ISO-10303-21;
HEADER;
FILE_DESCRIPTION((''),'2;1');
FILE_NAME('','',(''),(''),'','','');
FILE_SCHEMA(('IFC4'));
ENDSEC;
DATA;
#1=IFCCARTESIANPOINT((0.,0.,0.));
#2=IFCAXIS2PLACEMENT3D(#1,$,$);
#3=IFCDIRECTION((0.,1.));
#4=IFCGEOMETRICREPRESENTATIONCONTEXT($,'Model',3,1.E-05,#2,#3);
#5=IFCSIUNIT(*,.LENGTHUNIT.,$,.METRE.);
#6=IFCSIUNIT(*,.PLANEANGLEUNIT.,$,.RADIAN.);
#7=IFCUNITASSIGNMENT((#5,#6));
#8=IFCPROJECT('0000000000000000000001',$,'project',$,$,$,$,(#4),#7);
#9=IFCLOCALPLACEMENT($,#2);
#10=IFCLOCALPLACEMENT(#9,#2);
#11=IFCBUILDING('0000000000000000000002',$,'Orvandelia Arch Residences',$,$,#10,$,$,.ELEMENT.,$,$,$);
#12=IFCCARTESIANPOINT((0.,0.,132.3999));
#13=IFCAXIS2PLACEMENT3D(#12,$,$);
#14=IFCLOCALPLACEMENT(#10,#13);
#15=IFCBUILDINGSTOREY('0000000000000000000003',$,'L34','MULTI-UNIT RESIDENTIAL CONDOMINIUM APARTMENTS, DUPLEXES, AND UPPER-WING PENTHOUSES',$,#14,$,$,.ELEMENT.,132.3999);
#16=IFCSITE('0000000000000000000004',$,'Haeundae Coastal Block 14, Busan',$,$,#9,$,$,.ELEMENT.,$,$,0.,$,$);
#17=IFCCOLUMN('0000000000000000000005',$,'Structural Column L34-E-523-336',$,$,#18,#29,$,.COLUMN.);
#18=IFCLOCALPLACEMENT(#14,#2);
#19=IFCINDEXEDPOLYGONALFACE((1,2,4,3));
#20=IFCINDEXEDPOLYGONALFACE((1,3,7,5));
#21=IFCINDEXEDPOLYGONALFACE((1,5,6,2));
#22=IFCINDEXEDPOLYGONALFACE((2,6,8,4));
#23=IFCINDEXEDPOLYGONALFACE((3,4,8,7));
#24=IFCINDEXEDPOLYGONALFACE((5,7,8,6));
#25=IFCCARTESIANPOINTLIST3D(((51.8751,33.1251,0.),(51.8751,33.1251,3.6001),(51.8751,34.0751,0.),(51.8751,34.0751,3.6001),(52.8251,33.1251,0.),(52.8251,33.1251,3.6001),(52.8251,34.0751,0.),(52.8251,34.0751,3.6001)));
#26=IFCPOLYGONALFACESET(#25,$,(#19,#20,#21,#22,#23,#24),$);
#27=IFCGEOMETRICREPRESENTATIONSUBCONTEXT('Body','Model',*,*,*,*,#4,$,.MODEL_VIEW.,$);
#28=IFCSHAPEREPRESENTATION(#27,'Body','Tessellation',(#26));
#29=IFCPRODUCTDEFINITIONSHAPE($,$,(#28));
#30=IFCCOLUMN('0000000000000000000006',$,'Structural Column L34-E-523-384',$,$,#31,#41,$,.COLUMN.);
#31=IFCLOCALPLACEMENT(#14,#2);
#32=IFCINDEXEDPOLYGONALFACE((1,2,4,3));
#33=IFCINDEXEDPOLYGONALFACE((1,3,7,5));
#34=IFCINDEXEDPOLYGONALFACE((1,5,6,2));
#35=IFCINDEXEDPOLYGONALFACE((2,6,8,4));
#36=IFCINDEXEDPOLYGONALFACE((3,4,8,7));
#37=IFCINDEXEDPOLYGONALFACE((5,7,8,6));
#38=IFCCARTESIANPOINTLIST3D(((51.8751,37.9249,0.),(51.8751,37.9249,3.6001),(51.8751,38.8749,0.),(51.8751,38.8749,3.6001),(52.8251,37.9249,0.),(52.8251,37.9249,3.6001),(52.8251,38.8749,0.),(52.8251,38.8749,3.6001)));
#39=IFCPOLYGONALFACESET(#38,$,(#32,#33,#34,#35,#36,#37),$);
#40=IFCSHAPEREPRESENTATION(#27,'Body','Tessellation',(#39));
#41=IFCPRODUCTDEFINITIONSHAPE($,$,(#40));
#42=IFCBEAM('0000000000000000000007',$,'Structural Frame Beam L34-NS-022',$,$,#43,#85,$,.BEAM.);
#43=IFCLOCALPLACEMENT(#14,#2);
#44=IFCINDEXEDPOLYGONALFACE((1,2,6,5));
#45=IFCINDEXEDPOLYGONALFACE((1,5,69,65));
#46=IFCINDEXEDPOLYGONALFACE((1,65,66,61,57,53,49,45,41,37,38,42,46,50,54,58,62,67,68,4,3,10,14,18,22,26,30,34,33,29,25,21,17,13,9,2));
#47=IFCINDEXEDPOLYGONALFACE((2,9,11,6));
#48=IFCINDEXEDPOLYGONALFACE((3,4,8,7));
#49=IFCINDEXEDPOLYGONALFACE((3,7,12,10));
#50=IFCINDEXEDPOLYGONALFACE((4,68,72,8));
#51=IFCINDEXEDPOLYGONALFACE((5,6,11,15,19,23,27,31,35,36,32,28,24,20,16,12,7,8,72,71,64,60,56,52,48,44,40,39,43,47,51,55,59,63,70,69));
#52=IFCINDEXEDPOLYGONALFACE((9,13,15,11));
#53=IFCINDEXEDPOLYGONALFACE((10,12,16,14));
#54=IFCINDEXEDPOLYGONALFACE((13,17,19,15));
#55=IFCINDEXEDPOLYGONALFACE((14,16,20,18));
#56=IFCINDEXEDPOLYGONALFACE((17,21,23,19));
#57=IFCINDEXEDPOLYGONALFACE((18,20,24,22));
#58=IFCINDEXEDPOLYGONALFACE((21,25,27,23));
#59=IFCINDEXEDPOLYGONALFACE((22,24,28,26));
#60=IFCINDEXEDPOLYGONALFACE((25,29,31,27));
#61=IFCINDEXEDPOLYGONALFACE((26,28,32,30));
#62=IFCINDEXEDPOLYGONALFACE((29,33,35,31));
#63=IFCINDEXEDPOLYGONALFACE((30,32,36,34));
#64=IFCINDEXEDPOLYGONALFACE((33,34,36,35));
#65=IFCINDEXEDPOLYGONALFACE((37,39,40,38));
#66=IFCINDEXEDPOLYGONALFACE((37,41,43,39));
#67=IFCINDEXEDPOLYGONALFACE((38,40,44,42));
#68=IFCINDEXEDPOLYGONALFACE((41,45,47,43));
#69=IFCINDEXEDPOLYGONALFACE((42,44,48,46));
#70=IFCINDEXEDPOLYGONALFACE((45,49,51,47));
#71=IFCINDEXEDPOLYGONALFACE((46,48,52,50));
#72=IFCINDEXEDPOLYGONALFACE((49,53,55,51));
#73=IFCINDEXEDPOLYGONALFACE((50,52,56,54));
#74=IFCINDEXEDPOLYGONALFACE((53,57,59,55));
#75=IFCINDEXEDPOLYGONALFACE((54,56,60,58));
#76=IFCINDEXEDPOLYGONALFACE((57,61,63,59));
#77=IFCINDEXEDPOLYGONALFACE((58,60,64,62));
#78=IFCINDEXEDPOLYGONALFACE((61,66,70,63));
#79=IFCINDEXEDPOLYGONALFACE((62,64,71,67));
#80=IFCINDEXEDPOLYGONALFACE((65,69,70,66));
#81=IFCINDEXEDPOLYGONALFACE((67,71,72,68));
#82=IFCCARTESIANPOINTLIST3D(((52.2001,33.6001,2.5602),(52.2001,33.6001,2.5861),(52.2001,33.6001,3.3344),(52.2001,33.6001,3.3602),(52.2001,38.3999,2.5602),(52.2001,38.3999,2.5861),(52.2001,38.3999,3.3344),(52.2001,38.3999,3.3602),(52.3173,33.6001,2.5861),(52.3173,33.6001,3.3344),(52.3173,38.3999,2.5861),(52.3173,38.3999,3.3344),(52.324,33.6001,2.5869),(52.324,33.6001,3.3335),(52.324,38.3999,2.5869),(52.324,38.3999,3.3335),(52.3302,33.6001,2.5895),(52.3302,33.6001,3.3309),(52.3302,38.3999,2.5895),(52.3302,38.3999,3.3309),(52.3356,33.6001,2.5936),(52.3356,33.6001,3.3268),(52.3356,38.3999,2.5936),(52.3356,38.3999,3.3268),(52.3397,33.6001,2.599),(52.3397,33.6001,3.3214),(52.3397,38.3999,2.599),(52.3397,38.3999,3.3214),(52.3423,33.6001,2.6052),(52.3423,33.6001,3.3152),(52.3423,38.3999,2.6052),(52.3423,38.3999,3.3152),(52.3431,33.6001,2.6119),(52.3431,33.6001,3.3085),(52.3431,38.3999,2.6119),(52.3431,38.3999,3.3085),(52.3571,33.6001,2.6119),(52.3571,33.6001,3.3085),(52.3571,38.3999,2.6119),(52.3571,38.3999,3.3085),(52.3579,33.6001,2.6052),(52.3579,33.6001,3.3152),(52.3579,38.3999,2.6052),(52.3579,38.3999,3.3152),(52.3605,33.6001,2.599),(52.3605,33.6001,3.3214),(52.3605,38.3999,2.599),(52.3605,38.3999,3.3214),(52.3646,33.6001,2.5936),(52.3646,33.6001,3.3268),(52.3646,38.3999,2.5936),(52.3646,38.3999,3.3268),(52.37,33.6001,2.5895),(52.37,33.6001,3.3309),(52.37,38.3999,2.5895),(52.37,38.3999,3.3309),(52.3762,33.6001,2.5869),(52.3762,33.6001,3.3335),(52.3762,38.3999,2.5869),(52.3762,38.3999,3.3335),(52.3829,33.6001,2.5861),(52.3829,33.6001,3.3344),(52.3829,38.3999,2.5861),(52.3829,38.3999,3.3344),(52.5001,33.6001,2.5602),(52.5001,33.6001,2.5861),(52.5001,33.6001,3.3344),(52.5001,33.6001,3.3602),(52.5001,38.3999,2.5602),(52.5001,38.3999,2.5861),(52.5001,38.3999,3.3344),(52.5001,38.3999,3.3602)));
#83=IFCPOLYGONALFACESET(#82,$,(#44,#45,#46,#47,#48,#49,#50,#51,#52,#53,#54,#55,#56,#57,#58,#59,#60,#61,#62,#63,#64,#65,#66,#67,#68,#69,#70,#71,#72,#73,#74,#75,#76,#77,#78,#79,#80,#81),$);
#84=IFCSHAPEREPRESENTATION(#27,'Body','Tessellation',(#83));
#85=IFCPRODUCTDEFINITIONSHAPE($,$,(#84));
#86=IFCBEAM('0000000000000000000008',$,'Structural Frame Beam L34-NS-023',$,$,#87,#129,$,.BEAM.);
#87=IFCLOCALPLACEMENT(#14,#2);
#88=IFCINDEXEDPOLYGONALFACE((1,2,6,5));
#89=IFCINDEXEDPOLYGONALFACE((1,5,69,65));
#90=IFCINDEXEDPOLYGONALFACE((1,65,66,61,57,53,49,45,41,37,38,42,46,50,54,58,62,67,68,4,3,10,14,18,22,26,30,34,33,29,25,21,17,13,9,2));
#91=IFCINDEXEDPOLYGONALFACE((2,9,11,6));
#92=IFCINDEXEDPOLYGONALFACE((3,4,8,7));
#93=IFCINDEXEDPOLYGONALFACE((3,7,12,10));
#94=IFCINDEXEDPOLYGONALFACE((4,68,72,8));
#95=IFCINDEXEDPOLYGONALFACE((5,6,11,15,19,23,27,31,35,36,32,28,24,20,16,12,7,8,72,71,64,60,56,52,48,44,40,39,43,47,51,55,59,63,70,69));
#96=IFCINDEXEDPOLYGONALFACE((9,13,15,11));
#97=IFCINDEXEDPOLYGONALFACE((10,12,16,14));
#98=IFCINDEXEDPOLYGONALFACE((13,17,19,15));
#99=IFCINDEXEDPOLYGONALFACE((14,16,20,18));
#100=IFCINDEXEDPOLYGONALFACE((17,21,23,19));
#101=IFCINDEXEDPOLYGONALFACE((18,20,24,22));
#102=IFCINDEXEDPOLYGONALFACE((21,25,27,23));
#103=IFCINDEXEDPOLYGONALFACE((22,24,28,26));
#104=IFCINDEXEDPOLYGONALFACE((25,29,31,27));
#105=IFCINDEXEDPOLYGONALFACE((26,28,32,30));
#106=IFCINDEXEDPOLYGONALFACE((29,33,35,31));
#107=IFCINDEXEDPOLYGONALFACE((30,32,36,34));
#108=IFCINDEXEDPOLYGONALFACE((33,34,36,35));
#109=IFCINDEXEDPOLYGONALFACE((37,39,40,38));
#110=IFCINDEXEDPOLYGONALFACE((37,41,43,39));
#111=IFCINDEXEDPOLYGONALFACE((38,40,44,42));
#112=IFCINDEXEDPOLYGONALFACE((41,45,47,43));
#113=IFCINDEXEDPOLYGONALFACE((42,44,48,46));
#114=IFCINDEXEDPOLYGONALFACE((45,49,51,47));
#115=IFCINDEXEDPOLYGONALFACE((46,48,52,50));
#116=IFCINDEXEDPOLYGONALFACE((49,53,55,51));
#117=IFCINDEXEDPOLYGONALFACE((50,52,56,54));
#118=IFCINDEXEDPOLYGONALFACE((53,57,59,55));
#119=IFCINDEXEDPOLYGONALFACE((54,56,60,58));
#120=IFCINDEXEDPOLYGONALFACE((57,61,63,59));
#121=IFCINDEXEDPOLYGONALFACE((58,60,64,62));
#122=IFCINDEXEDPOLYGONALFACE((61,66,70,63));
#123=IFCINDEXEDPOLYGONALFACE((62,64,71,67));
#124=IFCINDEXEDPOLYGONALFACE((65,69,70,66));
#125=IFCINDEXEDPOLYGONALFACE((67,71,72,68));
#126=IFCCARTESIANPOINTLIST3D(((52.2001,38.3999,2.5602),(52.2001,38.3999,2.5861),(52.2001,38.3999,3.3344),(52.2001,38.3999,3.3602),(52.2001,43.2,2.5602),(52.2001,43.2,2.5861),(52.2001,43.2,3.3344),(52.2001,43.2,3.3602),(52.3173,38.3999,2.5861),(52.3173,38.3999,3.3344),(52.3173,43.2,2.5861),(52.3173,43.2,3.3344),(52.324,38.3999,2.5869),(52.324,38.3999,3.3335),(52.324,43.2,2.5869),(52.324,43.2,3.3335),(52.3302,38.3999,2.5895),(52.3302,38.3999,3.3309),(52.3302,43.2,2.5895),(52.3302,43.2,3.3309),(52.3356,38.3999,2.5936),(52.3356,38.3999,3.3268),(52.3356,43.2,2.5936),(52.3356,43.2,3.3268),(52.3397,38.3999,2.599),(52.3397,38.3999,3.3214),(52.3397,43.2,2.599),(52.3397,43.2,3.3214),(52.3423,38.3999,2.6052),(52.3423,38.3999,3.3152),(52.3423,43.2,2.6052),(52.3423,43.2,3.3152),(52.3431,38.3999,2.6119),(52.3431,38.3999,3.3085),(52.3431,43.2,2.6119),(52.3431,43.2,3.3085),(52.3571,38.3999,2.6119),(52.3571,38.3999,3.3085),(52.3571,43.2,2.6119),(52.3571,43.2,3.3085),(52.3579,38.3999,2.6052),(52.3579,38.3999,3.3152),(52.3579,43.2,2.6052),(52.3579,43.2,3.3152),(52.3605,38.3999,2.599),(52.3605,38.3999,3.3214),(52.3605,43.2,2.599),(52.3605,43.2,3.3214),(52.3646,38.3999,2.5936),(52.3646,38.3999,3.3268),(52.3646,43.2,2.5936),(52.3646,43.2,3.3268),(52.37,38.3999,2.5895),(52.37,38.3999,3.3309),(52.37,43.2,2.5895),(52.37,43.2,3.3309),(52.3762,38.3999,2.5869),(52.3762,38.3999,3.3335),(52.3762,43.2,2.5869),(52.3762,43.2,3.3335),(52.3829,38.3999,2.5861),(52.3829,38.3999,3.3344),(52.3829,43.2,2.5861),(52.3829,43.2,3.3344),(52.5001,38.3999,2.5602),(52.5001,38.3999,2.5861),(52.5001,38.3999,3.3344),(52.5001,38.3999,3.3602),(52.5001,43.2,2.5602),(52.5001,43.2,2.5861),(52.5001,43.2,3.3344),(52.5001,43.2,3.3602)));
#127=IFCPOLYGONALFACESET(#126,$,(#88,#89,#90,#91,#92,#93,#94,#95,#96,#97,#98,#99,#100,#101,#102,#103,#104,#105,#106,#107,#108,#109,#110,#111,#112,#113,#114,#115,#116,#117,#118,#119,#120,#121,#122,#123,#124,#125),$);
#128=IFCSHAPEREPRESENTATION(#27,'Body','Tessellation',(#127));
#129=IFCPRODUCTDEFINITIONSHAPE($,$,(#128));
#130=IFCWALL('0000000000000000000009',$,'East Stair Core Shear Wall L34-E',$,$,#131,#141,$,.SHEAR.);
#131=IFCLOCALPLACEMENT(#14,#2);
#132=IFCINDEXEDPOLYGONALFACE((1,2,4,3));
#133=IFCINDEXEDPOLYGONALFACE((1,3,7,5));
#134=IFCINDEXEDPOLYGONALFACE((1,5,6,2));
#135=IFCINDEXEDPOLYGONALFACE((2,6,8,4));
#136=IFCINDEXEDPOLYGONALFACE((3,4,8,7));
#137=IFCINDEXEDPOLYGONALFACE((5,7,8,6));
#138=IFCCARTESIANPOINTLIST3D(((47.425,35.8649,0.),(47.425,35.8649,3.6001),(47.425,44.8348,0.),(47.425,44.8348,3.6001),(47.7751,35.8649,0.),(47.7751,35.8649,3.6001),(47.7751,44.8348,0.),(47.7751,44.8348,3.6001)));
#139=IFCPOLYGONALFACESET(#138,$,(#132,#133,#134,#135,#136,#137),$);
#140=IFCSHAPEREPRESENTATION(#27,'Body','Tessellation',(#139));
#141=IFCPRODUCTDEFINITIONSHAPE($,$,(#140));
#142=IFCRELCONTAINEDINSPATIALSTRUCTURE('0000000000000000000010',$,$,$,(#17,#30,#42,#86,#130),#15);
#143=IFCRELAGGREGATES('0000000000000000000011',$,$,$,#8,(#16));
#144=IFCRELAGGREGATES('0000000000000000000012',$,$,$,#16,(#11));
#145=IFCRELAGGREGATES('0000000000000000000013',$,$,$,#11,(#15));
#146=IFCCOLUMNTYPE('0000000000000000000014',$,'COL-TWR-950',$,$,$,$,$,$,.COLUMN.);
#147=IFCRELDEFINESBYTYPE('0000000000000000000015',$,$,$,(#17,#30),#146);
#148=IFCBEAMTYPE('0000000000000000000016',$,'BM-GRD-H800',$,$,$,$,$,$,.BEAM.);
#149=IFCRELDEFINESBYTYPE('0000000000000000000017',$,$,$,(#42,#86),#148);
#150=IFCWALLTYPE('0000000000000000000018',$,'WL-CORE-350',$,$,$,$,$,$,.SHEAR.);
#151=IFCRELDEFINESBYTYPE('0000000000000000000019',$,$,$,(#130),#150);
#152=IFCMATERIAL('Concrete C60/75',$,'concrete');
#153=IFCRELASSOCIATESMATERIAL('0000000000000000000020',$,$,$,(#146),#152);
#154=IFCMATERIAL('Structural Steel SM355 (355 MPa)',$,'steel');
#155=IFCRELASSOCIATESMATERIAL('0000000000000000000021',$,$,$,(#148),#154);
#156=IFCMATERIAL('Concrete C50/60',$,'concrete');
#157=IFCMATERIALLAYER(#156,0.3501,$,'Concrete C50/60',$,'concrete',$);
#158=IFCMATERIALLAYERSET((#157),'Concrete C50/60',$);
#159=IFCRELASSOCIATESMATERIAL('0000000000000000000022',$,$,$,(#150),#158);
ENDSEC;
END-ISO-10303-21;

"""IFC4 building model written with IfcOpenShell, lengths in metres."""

from ifc_helpers import new_model, si_unit, direction, frame, frame_2d, origin, origin_2d, place, context, subcontext, project, spatial, rectangle, i_section, extrude, material, layer, layer_set, material_profile, profile_set, type_object, element, save


model = new_model("IFC4")

# Units and contexts
model_context = context("Model", 3, precision=1e-05, world=origin(), true_north=direction((0.0, 1.0)))
body_context = subcontext(model_context, "Body", "Model", "MODEL_VIEW")
ifc_project = project(units=[si_unit("LENGTHUNIT", "METRE"), si_unit("PLANEANGLEUNIT", "RADIAN")], contexts=[model_context])

# Site, building, storey
site_placement = place(None, origin())
site = spatial("IfcSite", under=ifc_project, at=site_placement, Name="Haeundae Coastal Block 14, Busan", CompositionType="ELEMENT", RefElevation=0.0)
building_placement = place(site_placement, origin())
building = spatial("IfcBuilding", under=site, at=building_placement, Name="Orvandelia Arch Residences", CompositionType="ELEMENT")
storey_placement = place(building_placement, frame((0.0, 0.0, 132.3999)))
storey = spatial("IfcBuildingStorey", under=building, at=storey_placement, Name="L34", Description="MULTI-UNIT RESIDENTIAL CONDOMINIUM APARTMENTS, DUPLEXES, AND UPPER-WING PENTHOUSES", CompositionType="ELEMENT", Elevation=132.3999)

# Columns
ifc_material_1 = material(Name="Concrete C60/75", Category="concrete")
ifc_material_profile_1 = material_profile(ifc_material_1, rectangle(XDim=0.95, YDim=0.95, at=origin_2d()), Name="Concrete C60/75", Category="concrete")
ifc_profile_set_1 = profile_set([ifc_material_profile_1], Name="Concrete C60/75")
column_type = type_object("IfcColumnType", Name="COL-TWR-950", PredefinedType="COLUMN", material=ifc_profile_set_1)
for number, where, z_axis, x_axis, name in (
    (1, (52.3501, 33.6001, 0.0), (0.0, 0.0, 1.0), (1.0, 0.0, 0.0), "Structural Column L34-E-523-336"),
    (2, (52.3501, 38.3999, 0.0), (0.0, 0.0, 1.0), (1.0, 0.0, 0.0), "Structural Column L34-E-523-384"),
):
    element("IfcColumn", number, at=place(storey_placement, frame(where, z_axis=z_axis, x_axis=x_axis)), inside=storey, type_object=column_type, Name=name, PredefinedType="COLUMN", context=body_context, shape_type="SweptSolid", body=[
        extrude(rectangle(XDim=0.95, YDim=0.95, at=origin_2d()), origin(), (0.0, 0.0, 1.0), 3.6001),
    ])

# Beams
ifc_material_2 = material(Name="Structural Steel SM355 (355 MPa)", Category="steel")
ifc_material_profile_2 = material_profile(ifc_material_2, i_section(OverallWidth=0.3, OverallDepth=0.8, WebThickness=0.0139, FlangeThickness=0.0259, FilletRadius=0.0259, at=origin_2d()), Name="Structural Steel SM355 (355 MPa)", Category="steel")
ifc_profile_set_2 = profile_set([ifc_material_profile_2], Name="Structural Steel SM355 (355 MPa)")
beam_type = type_object("IfcBeamType", Name="BM-GRD-H800", PredefinedType="BEAM", material=ifc_profile_set_2)
beam_1_placement = place(storey_placement, frame((52.3501, 33.6001, 2.9602), z_axis=(0.0, 1.0, 0.0), x_axis=(-1.0, 0.0, 0.0)))
element("IfcBeam", 3, at=beam_1_placement, inside=storey, type_object=beam_type, Name="Structural Frame Beam L34-NS-022", PredefinedType="BEAM", context=body_context, shape_type="SweptSolid", body=[
    extrude(i_section(OverallWidth=0.3, OverallDepth=0.8, WebThickness=0.0139, FlangeThickness=0.0259, FilletRadius=0.0259, at=origin_2d()), origin(), (0.0, 0.0, 1.0), 4.7998),
])
beam_2_placement = place(storey_placement, frame((52.3501, 38.3999, 2.9602), z_axis=(0.0, 1.0, 0.0), x_axis=(-1.0, 0.0, 0.0)))
element("IfcBeam", 4, at=beam_2_placement, inside=storey, type_object=beam_type, Name="Structural Frame Beam L34-NS-023", PredefinedType="BEAM", context=body_context, shape_type="SweptSolid", body=[
    extrude(i_section(OverallWidth=0.3, OverallDepth=0.8, WebThickness=0.0139, FlangeThickness=0.0259, FilletRadius=0.0259, at=origin_2d()), origin(), (0.0, 0.0, 1.0), 4.8),
])

# Wall
ifc_material_3 = material(Name="Concrete C50/60", Category="concrete")
ifc_layer_1 = layer(ifc_material_3, 0.3501, Name="Concrete C50/60", Category="concrete")
ifc_layer_set_1 = layer_set([ifc_layer_1], Name="Concrete C50/60")
wall_type_1 = type_object("IfcWallType", Name="WL-CORE-350", PredefinedType="SHEAR", material=ifc_layer_set_1)
wall_1_placement = place(storey_placement, frame((47.6001, 35.865, 0.0), z_axis=(0.0, 0.0, 1.0), x_axis=(0.0, 1.0, 0.0)))
element("IfcWall", 5, at=wall_1_placement, inside=storey, type_object=wall_type_1, Name="East Stair Core Shear Wall L34-E", PredefinedType="SHEAR", context=body_context, shape_type="SweptSolid", body=[
    extrude(rectangle(XDim=8.97, YDim=0.3501, at=frame_2d((4.4849, 0.0))), origin(), (0.0, 0.0, 1.0), 3.6001),
])

save(model, "model.ifc")
